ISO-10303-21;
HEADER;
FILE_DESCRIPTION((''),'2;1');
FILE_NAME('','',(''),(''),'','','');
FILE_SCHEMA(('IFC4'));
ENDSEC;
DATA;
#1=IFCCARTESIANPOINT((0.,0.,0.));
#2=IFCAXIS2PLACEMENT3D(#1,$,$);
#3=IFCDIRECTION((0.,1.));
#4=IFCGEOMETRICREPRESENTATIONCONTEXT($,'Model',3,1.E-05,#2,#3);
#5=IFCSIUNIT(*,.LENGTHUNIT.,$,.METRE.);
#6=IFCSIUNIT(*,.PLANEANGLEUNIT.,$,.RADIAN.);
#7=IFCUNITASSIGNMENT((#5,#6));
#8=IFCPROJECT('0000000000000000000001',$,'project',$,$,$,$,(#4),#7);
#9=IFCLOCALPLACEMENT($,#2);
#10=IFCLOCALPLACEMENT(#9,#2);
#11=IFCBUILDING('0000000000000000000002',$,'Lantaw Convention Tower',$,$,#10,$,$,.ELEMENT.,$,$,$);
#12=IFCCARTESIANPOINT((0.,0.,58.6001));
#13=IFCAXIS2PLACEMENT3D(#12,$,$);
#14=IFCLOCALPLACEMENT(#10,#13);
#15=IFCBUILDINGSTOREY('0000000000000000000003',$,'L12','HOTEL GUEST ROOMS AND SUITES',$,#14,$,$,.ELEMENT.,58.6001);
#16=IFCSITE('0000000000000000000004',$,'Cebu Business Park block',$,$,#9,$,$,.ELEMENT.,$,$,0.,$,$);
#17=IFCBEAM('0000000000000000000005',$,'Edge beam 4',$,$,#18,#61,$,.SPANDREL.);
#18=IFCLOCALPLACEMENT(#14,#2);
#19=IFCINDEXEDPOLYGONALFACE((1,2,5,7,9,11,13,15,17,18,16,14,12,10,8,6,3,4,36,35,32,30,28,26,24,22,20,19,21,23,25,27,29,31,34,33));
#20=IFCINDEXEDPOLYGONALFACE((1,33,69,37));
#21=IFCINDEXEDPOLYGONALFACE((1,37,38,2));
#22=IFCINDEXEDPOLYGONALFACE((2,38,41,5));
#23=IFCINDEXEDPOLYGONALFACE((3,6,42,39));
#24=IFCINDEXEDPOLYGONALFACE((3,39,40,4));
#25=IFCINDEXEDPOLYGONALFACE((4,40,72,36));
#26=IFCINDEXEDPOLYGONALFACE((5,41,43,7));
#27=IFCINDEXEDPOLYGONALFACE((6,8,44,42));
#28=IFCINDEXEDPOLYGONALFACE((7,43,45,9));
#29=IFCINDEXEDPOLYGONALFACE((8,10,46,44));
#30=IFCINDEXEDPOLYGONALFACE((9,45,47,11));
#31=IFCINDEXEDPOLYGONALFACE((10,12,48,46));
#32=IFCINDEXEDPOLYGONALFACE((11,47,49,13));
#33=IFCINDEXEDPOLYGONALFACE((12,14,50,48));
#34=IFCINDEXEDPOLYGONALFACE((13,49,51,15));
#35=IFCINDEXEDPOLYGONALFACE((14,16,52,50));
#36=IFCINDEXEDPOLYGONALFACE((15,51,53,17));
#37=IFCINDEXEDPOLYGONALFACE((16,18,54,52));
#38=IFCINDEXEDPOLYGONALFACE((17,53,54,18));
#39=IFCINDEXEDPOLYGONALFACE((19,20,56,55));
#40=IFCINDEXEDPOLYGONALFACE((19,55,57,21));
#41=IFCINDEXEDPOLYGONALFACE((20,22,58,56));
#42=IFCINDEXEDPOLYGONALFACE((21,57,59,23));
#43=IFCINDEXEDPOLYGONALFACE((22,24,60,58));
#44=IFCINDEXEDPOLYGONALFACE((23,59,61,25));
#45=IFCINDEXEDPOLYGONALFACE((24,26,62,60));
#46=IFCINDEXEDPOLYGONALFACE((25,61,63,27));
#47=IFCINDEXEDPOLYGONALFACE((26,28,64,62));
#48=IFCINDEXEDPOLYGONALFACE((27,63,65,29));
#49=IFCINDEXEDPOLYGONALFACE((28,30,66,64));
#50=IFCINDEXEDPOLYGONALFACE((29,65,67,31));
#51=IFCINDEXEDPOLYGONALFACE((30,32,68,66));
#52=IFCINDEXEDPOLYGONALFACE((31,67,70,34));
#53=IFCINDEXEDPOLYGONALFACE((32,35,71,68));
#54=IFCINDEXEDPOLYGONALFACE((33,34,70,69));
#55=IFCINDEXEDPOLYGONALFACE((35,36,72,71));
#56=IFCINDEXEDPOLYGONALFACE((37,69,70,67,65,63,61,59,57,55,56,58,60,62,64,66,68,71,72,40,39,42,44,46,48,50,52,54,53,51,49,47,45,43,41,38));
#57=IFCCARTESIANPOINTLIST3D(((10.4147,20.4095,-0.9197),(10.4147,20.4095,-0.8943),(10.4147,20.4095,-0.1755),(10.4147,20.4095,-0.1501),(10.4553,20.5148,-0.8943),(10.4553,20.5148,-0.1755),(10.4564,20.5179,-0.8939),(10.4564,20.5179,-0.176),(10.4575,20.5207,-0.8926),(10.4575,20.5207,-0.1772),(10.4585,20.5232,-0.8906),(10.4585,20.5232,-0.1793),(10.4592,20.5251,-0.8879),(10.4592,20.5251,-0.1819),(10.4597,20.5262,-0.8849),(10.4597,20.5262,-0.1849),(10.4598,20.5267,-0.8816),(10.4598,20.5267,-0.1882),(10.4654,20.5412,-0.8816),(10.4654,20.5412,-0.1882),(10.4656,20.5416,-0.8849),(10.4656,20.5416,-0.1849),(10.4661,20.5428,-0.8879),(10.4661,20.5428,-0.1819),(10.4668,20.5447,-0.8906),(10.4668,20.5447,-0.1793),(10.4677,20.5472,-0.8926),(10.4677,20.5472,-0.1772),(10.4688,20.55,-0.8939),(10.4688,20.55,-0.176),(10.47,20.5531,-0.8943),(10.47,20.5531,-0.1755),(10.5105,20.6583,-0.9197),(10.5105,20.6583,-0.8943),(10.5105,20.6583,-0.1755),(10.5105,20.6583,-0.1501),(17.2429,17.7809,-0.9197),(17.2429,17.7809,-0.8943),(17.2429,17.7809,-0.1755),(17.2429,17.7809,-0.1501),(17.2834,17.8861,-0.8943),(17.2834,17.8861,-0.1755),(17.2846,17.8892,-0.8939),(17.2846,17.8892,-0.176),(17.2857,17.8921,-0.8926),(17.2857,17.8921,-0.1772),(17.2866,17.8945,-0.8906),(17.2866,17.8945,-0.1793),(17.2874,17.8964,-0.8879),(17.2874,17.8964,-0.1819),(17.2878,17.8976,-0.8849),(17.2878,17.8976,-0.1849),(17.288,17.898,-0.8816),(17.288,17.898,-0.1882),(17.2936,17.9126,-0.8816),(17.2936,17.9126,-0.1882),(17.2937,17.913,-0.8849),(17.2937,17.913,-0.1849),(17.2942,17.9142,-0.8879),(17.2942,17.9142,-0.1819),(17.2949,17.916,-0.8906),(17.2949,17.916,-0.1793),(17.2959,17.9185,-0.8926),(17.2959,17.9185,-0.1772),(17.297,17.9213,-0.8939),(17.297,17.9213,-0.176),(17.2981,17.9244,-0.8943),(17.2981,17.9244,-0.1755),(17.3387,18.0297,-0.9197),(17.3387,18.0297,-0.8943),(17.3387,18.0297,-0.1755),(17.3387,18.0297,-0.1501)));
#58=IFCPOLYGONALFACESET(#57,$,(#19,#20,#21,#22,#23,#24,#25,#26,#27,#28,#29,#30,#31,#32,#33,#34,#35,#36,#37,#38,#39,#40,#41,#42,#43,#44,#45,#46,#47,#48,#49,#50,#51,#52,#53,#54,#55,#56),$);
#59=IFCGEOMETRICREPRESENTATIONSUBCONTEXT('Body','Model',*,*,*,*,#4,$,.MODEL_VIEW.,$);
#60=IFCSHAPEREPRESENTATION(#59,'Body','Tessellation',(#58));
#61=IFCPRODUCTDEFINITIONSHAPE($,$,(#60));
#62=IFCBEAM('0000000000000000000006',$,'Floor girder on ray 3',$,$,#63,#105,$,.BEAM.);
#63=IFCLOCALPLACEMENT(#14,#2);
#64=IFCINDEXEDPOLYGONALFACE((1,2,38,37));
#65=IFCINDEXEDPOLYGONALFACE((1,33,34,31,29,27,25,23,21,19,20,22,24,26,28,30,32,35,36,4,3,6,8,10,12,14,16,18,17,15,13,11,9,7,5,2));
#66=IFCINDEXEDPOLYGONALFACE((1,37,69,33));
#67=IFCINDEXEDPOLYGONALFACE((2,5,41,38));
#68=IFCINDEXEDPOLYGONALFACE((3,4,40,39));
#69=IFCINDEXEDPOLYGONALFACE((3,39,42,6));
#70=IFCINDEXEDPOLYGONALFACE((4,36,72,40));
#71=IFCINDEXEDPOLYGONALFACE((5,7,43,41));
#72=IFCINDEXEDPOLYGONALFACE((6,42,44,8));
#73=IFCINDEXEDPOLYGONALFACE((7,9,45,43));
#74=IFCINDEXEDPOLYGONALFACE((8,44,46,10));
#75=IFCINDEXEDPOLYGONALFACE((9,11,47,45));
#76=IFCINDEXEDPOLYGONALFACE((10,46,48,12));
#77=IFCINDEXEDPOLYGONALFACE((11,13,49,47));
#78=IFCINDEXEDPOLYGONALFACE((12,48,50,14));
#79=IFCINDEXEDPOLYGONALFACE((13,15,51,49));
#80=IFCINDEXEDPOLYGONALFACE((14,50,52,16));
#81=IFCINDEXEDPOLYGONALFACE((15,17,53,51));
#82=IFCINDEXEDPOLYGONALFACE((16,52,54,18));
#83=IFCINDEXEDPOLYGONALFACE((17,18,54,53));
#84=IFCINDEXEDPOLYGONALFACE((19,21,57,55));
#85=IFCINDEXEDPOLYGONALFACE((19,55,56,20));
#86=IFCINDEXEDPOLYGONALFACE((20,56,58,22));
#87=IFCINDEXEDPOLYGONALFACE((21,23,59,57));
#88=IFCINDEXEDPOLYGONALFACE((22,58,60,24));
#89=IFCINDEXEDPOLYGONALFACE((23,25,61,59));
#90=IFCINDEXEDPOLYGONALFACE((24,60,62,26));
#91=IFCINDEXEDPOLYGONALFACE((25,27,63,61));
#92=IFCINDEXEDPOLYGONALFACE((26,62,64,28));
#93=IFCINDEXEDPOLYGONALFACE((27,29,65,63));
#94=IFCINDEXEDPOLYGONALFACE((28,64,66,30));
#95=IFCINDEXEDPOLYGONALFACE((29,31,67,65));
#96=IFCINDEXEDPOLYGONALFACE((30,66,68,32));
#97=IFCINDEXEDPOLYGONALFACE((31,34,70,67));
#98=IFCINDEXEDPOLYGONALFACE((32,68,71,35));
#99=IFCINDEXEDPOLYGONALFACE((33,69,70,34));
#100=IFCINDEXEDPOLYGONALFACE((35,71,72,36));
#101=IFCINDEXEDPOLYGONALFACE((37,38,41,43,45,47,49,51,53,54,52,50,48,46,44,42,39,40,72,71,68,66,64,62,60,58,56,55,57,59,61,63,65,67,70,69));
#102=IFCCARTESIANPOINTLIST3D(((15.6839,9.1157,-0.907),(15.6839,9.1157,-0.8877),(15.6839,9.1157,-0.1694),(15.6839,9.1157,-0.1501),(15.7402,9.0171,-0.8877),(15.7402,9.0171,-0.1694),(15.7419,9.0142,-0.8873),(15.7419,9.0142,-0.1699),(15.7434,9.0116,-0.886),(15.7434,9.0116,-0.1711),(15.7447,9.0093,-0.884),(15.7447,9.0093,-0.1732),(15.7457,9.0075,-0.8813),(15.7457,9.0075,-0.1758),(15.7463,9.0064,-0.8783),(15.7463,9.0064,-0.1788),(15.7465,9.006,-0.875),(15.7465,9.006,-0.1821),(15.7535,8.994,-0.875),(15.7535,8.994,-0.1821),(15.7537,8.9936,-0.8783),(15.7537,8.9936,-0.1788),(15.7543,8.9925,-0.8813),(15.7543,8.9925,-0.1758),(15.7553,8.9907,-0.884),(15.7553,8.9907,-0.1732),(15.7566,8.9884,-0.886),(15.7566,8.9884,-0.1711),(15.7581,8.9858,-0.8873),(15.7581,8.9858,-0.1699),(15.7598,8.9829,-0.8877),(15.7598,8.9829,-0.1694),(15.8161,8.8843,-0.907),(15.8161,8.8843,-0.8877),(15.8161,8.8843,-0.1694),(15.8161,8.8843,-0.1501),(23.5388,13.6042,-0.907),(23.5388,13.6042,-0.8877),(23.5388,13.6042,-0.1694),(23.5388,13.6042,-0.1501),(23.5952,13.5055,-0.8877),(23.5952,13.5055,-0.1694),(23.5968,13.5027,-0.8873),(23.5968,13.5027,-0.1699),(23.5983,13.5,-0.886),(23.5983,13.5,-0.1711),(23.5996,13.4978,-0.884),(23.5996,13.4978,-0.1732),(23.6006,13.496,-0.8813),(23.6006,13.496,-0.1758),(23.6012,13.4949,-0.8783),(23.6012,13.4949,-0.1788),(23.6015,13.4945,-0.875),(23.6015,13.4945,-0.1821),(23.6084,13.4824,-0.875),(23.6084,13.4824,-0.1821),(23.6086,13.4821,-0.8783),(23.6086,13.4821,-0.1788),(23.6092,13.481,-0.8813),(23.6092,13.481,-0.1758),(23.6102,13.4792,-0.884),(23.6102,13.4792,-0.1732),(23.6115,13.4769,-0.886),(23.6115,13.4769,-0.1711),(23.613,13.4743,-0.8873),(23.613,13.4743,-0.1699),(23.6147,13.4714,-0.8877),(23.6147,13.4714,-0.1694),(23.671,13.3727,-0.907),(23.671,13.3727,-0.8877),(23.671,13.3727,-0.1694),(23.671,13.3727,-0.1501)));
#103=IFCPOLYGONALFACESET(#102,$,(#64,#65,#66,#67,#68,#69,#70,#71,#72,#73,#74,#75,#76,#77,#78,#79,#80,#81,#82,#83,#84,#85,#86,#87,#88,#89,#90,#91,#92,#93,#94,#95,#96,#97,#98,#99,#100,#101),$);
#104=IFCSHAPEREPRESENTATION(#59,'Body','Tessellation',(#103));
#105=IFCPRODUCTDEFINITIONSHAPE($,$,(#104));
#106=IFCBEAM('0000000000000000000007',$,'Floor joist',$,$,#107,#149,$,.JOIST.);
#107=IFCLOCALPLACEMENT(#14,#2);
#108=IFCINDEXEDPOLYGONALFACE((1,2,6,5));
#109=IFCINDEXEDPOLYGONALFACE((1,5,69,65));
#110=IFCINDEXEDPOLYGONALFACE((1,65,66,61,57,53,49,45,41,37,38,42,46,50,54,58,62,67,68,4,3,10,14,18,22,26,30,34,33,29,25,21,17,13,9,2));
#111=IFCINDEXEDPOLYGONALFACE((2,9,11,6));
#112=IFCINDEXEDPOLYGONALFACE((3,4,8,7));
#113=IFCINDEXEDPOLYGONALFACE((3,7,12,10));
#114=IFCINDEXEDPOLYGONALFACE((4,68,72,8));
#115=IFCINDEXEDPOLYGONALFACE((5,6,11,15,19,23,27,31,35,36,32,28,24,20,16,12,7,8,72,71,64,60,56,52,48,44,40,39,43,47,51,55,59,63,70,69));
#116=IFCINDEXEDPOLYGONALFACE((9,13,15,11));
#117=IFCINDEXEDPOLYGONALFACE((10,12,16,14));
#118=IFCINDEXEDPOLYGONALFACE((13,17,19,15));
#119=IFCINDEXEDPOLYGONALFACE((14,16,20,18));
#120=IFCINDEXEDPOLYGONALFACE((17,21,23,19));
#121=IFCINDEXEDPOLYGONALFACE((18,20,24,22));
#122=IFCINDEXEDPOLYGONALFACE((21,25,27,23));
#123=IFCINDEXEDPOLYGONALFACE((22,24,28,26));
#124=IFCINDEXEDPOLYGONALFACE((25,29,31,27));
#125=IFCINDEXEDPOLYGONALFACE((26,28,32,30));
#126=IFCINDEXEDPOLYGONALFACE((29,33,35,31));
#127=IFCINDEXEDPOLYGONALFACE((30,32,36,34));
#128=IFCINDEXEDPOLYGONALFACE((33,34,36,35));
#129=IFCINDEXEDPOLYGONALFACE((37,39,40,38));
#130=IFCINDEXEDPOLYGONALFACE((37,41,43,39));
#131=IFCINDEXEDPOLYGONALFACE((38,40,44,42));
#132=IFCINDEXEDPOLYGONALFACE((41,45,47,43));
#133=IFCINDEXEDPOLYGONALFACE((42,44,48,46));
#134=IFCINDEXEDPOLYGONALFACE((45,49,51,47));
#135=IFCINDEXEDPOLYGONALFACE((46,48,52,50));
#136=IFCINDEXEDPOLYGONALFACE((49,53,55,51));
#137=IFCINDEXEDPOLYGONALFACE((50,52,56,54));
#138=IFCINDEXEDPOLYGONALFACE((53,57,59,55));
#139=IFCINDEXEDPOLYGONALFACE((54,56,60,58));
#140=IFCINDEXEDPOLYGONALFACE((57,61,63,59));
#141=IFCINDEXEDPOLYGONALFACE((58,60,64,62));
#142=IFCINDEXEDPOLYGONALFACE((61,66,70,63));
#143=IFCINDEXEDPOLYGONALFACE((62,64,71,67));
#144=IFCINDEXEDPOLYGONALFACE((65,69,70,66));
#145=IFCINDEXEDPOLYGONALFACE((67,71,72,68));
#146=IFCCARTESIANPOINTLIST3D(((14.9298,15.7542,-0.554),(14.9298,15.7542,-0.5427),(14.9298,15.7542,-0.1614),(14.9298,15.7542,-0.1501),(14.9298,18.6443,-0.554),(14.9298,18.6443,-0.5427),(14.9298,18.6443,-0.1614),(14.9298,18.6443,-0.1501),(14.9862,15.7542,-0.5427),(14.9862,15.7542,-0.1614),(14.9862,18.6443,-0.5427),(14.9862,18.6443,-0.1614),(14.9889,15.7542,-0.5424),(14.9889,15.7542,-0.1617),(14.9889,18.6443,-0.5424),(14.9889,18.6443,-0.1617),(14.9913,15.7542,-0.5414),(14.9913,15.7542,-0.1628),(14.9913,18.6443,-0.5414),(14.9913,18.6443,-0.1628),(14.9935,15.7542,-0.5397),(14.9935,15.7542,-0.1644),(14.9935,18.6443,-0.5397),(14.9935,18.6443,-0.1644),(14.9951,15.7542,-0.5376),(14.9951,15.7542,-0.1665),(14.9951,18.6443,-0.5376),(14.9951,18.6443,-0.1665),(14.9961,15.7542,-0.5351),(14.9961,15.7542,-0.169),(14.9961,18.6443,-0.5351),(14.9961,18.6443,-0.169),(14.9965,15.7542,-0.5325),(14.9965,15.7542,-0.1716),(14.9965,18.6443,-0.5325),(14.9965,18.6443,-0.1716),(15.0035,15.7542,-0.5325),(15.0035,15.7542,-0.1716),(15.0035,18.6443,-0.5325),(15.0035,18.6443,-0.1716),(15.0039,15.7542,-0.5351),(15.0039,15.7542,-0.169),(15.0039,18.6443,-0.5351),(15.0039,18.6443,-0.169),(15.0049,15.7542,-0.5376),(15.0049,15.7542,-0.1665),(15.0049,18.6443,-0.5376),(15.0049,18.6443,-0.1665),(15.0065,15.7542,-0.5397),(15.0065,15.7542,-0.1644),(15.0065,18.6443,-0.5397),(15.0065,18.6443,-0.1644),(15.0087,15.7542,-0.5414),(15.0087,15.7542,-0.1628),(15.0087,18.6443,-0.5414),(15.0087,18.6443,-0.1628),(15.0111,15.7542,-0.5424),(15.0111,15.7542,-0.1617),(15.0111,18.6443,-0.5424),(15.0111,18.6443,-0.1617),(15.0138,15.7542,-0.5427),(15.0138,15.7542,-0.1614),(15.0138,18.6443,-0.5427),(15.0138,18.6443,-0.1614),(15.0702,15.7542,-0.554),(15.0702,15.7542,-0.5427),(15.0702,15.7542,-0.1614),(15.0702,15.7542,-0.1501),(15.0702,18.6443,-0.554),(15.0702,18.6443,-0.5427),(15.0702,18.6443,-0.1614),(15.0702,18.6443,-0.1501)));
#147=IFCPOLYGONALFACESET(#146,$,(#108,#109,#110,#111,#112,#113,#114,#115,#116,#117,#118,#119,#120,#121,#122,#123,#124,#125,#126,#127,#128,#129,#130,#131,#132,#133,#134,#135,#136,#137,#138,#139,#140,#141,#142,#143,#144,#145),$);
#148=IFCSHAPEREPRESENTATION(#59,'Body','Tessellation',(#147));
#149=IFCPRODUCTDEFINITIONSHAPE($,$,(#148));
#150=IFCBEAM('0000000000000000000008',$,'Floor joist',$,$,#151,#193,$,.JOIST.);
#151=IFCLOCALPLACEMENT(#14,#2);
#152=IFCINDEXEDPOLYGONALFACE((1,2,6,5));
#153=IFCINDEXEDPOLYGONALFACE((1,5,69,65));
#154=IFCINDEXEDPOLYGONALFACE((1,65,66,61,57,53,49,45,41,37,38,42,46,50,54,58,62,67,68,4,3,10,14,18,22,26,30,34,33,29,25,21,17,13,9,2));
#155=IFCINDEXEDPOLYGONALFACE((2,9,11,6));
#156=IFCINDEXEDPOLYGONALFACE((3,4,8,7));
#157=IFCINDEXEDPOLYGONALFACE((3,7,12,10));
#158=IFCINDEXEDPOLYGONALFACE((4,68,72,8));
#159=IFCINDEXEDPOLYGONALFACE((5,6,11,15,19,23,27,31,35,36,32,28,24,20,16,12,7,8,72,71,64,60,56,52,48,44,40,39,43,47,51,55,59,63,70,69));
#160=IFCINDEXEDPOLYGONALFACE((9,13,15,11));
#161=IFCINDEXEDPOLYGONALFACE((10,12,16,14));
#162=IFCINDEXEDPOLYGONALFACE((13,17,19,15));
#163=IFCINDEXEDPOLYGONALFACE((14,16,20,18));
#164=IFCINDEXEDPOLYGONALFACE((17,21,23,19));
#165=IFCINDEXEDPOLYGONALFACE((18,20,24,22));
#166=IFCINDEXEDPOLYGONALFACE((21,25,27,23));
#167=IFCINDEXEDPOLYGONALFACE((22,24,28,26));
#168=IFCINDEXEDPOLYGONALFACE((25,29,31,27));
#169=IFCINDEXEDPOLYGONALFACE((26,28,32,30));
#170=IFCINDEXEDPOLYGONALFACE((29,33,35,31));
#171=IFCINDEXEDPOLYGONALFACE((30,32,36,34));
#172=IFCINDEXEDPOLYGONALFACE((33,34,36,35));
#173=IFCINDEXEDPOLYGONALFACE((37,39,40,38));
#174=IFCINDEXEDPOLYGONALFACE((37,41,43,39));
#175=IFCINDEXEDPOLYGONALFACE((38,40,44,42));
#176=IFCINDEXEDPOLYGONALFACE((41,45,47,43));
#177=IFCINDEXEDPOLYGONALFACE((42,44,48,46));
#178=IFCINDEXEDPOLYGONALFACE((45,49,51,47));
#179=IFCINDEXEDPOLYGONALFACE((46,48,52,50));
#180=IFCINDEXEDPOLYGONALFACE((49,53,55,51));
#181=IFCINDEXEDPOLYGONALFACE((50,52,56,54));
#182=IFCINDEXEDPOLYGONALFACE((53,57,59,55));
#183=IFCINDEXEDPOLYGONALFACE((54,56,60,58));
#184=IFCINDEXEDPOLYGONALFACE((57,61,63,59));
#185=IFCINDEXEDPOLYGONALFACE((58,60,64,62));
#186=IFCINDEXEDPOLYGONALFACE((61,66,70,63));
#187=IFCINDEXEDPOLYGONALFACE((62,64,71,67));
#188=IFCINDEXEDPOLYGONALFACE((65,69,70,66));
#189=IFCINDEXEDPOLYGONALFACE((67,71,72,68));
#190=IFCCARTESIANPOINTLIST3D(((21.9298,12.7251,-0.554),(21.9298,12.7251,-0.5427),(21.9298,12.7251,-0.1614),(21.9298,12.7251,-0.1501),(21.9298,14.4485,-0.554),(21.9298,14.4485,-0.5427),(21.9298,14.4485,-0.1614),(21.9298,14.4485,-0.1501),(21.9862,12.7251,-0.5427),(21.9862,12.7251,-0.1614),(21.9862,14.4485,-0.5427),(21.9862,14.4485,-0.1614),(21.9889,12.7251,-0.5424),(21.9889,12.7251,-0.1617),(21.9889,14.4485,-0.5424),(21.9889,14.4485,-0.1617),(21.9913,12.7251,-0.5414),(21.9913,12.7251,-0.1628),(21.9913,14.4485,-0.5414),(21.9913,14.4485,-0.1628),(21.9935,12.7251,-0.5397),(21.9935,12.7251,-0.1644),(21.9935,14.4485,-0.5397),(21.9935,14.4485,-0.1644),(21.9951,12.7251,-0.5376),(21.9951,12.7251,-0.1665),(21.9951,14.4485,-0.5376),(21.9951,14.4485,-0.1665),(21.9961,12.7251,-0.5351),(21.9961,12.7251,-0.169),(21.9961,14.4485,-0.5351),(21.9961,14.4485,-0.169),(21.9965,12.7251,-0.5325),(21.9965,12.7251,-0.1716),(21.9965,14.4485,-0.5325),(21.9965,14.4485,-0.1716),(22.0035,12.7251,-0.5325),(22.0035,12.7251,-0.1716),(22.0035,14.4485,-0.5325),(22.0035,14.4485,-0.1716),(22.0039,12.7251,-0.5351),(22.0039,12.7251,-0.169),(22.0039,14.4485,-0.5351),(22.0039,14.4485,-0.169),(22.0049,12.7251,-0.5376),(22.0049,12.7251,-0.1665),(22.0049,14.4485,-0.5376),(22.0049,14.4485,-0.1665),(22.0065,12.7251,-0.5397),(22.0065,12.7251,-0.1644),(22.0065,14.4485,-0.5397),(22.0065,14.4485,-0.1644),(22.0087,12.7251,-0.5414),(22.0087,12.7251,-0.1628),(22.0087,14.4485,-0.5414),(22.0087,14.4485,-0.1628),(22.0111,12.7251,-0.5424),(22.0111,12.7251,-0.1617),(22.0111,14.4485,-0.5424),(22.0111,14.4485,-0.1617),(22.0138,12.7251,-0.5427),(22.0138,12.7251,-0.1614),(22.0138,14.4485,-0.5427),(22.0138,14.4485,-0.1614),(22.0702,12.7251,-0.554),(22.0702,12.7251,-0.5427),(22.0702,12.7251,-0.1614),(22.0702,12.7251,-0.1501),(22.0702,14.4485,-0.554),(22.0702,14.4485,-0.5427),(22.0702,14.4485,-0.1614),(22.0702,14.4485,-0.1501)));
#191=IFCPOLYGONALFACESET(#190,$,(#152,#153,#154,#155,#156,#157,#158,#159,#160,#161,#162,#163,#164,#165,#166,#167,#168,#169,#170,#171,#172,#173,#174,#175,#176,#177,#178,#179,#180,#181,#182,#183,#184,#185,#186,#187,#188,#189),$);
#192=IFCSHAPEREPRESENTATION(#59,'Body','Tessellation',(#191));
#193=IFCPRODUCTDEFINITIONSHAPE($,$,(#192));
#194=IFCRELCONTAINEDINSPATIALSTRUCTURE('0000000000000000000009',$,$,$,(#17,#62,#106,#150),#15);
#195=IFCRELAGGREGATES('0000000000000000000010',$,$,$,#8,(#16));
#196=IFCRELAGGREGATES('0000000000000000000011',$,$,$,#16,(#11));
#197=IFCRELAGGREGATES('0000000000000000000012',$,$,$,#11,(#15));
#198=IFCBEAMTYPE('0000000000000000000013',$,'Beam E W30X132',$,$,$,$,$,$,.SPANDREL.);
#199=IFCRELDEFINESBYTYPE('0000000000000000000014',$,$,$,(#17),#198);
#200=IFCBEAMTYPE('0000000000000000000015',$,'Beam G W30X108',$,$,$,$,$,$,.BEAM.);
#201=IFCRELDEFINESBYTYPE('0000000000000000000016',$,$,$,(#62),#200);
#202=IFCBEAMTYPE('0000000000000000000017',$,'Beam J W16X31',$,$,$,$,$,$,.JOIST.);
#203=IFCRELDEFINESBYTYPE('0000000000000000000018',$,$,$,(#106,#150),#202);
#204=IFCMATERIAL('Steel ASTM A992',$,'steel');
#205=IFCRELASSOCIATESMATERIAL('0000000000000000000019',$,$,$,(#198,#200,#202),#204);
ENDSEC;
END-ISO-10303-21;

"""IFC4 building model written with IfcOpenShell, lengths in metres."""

from ifc_helpers import new_model, si_unit, direction, frame, origin, origin_2d, place, context, subcontext, project, spatial, i_section, extrude, material, material_profile, profile_set, type_object, element, save


model = new_model("IFC4")

# Units and contexts
model_context = context("Model", 3, precision=1e-05, world=origin(), true_north=direction((0.0, 1.0)))
body_context = subcontext(model_context, "Body", "Model", "MODEL_VIEW")
ifc_project = project(units=[si_unit("LENGTHUNIT", "METRE"), si_unit("PLANEANGLEUNIT", "RADIAN")], contexts=[model_context])

# Site, building, storey
site_placement = place(None, origin())
site = spatial("IfcSite", under=ifc_project, at=site_placement, Name="Cebu Business Park block", CompositionType="ELEMENT", RefElevation=0.0)
building_placement = place(site_placement, origin())
building = spatial("IfcBuilding", under=site, at=building_placement, Name="Lantaw Convention Tower", CompositionType="ELEMENT")
storey_placement = place(building_placement, frame((0.0, 0.0, 58.6001)))
storey = spatial("IfcBuildingStorey", under=building, at=storey_placement, Name="L12", Description="HOTEL GUEST ROOMS AND SUITES", CompositionType="ELEMENT", Elevation=58.6001)

# Beams
ifc_material_1 = material(Name="Steel ASTM A992", Category="steel")
ifc_material_profile_1 = material_profile(ifc_material_1, i_section(OverallWidth=0.2666, OverallDepth=0.7695, WebThickness=0.0156, FlangeThickness=0.0254, FilletRadius=0.0127, at=origin_2d()), Name="W30X132")
ifc_profile_set_1 = profile_set([ifc_material_profile_1], Name="Steel ASTM A992")
beam_type_1 = type_object("IfcBeamType", Name="Beam E W30X132", PredefinedType="SPANDREL", material=ifc_profile_set_1)
beam_1_placement = place(storey_placement, frame((17.2908, 17.9053, -0.5349), z_axis=(-0.933233, 0.359272, 0.0), x_axis=(-0.359272, -0.933233, 0.0)))
element("IfcBeam", 1, at=beam_1_placement, inside=storey, type_object=beam_type_1, Name="Edge beam 4", PredefinedType="SPANDREL", context=body_context, shape_type="SweptSolid", body=[
    extrude(i_section(OverallWidth=0.2666, OverallDepth=0.7695, WebThickness=0.0156, FlangeThickness=0.0254, FilletRadius=0.0127, at=origin_2d()), origin(), (0.0, 0.0, 1.0), 7.3167),
])
ifc_material_profile_2 = material_profile(ifc_material_1, i_section(OverallWidth=0.2666, OverallDepth=0.7568, WebThickness=0.0139, FlangeThickness=0.0193, FilletRadius=0.0127, at=origin_2d()), Name="W30X108")
ifc_profile_set_2 = profile_set([ifc_material_profile_2], Name="Steel ASTM A992")
beam_type_2 = type_object("IfcBeamType", Name="Beam G W30X108", PredefinedType="BEAM", material=ifc_profile_set_2)
beam_2_placement = place(storey_placement, frame((15.75, 9.0, -0.5286), z_axis=(0.868245, 0.496136, 0.0), x_axis=(-0.496136, 0.868245, 0.0)))
element("IfcBeam", 2, at=beam_2_placement, inside=storey, type_object=beam_type_2, Name="Floor girder on ray 3", PredefinedType="BEAM", context=body_context, shape_type="SweptSolid", body=[
    extrude(i_section(OverallWidth=0.2666, OverallDepth=0.7568, WebThickness=0.0139, FlangeThickness=0.0193, FilletRadius=0.0127, at=origin_2d()), origin(), (0.0, 0.0, 1.0), 9.0469),
])
ifc_material_profile_3 = material_profile(ifc_material_1, i_section(OverallWidth=0.1404, OverallDepth=0.4038, WebThickness=0.0071, FlangeThickness=0.0112, FilletRadius=0.0103, at=origin_2d()), Name="W16X31")
ifc_profile_set_3 = profile_set([ifc_material_profile_3], Name="Steel ASTM A992")
beam_type_3 = type_object("IfcBeamType", Name="Beam J W16X31", PredefinedType="JOIST", material=ifc_profile_set_3)
beam_3_placement = place(storey_placement, frame((15.0, 15.7542, -0.3521), z_axis=(0.0, 1.0, 0.0), x_axis=(-1.0, 0.0, 0.0)))
element("IfcBeam", 3, at=beam_3_placement, inside=storey, type_object=beam_type_3, Name="Floor joist", PredefinedType="JOIST", context=body_context, shape_type="SweptSolid", body=[
    extrude(i_section(OverallWidth=0.1404, OverallDepth=0.4038, WebThickness=0.0071, FlangeThickness=0.0112, FilletRadius=0.0103, at=origin_2d()), origin(), (0.0, 0.0, 1.0), 2.8901),
])
beam_4_placement = place(storey_placement, frame((22.0, 12.7251, -0.3521), z_axis=(0.0, 1.0, 0.0), x_axis=(-1.0, 0.0, 0.0)))
element("IfcBeam", 4, at=beam_4_placement, inside=storey, type_object=beam_type_3, Name="Floor joist", PredefinedType="JOIST", context=body_context, shape_type="SweptSolid", body=[
    extrude(i_section(OverallWidth=0.1404, OverallDepth=0.4038, WebThickness=0.0071, FlangeThickness=0.0112, FilletRadius=0.0103, at=origin_2d()), origin(), (0.0, 0.0, 1.0), 1.7234),
])

save(model, "model.ifc")
